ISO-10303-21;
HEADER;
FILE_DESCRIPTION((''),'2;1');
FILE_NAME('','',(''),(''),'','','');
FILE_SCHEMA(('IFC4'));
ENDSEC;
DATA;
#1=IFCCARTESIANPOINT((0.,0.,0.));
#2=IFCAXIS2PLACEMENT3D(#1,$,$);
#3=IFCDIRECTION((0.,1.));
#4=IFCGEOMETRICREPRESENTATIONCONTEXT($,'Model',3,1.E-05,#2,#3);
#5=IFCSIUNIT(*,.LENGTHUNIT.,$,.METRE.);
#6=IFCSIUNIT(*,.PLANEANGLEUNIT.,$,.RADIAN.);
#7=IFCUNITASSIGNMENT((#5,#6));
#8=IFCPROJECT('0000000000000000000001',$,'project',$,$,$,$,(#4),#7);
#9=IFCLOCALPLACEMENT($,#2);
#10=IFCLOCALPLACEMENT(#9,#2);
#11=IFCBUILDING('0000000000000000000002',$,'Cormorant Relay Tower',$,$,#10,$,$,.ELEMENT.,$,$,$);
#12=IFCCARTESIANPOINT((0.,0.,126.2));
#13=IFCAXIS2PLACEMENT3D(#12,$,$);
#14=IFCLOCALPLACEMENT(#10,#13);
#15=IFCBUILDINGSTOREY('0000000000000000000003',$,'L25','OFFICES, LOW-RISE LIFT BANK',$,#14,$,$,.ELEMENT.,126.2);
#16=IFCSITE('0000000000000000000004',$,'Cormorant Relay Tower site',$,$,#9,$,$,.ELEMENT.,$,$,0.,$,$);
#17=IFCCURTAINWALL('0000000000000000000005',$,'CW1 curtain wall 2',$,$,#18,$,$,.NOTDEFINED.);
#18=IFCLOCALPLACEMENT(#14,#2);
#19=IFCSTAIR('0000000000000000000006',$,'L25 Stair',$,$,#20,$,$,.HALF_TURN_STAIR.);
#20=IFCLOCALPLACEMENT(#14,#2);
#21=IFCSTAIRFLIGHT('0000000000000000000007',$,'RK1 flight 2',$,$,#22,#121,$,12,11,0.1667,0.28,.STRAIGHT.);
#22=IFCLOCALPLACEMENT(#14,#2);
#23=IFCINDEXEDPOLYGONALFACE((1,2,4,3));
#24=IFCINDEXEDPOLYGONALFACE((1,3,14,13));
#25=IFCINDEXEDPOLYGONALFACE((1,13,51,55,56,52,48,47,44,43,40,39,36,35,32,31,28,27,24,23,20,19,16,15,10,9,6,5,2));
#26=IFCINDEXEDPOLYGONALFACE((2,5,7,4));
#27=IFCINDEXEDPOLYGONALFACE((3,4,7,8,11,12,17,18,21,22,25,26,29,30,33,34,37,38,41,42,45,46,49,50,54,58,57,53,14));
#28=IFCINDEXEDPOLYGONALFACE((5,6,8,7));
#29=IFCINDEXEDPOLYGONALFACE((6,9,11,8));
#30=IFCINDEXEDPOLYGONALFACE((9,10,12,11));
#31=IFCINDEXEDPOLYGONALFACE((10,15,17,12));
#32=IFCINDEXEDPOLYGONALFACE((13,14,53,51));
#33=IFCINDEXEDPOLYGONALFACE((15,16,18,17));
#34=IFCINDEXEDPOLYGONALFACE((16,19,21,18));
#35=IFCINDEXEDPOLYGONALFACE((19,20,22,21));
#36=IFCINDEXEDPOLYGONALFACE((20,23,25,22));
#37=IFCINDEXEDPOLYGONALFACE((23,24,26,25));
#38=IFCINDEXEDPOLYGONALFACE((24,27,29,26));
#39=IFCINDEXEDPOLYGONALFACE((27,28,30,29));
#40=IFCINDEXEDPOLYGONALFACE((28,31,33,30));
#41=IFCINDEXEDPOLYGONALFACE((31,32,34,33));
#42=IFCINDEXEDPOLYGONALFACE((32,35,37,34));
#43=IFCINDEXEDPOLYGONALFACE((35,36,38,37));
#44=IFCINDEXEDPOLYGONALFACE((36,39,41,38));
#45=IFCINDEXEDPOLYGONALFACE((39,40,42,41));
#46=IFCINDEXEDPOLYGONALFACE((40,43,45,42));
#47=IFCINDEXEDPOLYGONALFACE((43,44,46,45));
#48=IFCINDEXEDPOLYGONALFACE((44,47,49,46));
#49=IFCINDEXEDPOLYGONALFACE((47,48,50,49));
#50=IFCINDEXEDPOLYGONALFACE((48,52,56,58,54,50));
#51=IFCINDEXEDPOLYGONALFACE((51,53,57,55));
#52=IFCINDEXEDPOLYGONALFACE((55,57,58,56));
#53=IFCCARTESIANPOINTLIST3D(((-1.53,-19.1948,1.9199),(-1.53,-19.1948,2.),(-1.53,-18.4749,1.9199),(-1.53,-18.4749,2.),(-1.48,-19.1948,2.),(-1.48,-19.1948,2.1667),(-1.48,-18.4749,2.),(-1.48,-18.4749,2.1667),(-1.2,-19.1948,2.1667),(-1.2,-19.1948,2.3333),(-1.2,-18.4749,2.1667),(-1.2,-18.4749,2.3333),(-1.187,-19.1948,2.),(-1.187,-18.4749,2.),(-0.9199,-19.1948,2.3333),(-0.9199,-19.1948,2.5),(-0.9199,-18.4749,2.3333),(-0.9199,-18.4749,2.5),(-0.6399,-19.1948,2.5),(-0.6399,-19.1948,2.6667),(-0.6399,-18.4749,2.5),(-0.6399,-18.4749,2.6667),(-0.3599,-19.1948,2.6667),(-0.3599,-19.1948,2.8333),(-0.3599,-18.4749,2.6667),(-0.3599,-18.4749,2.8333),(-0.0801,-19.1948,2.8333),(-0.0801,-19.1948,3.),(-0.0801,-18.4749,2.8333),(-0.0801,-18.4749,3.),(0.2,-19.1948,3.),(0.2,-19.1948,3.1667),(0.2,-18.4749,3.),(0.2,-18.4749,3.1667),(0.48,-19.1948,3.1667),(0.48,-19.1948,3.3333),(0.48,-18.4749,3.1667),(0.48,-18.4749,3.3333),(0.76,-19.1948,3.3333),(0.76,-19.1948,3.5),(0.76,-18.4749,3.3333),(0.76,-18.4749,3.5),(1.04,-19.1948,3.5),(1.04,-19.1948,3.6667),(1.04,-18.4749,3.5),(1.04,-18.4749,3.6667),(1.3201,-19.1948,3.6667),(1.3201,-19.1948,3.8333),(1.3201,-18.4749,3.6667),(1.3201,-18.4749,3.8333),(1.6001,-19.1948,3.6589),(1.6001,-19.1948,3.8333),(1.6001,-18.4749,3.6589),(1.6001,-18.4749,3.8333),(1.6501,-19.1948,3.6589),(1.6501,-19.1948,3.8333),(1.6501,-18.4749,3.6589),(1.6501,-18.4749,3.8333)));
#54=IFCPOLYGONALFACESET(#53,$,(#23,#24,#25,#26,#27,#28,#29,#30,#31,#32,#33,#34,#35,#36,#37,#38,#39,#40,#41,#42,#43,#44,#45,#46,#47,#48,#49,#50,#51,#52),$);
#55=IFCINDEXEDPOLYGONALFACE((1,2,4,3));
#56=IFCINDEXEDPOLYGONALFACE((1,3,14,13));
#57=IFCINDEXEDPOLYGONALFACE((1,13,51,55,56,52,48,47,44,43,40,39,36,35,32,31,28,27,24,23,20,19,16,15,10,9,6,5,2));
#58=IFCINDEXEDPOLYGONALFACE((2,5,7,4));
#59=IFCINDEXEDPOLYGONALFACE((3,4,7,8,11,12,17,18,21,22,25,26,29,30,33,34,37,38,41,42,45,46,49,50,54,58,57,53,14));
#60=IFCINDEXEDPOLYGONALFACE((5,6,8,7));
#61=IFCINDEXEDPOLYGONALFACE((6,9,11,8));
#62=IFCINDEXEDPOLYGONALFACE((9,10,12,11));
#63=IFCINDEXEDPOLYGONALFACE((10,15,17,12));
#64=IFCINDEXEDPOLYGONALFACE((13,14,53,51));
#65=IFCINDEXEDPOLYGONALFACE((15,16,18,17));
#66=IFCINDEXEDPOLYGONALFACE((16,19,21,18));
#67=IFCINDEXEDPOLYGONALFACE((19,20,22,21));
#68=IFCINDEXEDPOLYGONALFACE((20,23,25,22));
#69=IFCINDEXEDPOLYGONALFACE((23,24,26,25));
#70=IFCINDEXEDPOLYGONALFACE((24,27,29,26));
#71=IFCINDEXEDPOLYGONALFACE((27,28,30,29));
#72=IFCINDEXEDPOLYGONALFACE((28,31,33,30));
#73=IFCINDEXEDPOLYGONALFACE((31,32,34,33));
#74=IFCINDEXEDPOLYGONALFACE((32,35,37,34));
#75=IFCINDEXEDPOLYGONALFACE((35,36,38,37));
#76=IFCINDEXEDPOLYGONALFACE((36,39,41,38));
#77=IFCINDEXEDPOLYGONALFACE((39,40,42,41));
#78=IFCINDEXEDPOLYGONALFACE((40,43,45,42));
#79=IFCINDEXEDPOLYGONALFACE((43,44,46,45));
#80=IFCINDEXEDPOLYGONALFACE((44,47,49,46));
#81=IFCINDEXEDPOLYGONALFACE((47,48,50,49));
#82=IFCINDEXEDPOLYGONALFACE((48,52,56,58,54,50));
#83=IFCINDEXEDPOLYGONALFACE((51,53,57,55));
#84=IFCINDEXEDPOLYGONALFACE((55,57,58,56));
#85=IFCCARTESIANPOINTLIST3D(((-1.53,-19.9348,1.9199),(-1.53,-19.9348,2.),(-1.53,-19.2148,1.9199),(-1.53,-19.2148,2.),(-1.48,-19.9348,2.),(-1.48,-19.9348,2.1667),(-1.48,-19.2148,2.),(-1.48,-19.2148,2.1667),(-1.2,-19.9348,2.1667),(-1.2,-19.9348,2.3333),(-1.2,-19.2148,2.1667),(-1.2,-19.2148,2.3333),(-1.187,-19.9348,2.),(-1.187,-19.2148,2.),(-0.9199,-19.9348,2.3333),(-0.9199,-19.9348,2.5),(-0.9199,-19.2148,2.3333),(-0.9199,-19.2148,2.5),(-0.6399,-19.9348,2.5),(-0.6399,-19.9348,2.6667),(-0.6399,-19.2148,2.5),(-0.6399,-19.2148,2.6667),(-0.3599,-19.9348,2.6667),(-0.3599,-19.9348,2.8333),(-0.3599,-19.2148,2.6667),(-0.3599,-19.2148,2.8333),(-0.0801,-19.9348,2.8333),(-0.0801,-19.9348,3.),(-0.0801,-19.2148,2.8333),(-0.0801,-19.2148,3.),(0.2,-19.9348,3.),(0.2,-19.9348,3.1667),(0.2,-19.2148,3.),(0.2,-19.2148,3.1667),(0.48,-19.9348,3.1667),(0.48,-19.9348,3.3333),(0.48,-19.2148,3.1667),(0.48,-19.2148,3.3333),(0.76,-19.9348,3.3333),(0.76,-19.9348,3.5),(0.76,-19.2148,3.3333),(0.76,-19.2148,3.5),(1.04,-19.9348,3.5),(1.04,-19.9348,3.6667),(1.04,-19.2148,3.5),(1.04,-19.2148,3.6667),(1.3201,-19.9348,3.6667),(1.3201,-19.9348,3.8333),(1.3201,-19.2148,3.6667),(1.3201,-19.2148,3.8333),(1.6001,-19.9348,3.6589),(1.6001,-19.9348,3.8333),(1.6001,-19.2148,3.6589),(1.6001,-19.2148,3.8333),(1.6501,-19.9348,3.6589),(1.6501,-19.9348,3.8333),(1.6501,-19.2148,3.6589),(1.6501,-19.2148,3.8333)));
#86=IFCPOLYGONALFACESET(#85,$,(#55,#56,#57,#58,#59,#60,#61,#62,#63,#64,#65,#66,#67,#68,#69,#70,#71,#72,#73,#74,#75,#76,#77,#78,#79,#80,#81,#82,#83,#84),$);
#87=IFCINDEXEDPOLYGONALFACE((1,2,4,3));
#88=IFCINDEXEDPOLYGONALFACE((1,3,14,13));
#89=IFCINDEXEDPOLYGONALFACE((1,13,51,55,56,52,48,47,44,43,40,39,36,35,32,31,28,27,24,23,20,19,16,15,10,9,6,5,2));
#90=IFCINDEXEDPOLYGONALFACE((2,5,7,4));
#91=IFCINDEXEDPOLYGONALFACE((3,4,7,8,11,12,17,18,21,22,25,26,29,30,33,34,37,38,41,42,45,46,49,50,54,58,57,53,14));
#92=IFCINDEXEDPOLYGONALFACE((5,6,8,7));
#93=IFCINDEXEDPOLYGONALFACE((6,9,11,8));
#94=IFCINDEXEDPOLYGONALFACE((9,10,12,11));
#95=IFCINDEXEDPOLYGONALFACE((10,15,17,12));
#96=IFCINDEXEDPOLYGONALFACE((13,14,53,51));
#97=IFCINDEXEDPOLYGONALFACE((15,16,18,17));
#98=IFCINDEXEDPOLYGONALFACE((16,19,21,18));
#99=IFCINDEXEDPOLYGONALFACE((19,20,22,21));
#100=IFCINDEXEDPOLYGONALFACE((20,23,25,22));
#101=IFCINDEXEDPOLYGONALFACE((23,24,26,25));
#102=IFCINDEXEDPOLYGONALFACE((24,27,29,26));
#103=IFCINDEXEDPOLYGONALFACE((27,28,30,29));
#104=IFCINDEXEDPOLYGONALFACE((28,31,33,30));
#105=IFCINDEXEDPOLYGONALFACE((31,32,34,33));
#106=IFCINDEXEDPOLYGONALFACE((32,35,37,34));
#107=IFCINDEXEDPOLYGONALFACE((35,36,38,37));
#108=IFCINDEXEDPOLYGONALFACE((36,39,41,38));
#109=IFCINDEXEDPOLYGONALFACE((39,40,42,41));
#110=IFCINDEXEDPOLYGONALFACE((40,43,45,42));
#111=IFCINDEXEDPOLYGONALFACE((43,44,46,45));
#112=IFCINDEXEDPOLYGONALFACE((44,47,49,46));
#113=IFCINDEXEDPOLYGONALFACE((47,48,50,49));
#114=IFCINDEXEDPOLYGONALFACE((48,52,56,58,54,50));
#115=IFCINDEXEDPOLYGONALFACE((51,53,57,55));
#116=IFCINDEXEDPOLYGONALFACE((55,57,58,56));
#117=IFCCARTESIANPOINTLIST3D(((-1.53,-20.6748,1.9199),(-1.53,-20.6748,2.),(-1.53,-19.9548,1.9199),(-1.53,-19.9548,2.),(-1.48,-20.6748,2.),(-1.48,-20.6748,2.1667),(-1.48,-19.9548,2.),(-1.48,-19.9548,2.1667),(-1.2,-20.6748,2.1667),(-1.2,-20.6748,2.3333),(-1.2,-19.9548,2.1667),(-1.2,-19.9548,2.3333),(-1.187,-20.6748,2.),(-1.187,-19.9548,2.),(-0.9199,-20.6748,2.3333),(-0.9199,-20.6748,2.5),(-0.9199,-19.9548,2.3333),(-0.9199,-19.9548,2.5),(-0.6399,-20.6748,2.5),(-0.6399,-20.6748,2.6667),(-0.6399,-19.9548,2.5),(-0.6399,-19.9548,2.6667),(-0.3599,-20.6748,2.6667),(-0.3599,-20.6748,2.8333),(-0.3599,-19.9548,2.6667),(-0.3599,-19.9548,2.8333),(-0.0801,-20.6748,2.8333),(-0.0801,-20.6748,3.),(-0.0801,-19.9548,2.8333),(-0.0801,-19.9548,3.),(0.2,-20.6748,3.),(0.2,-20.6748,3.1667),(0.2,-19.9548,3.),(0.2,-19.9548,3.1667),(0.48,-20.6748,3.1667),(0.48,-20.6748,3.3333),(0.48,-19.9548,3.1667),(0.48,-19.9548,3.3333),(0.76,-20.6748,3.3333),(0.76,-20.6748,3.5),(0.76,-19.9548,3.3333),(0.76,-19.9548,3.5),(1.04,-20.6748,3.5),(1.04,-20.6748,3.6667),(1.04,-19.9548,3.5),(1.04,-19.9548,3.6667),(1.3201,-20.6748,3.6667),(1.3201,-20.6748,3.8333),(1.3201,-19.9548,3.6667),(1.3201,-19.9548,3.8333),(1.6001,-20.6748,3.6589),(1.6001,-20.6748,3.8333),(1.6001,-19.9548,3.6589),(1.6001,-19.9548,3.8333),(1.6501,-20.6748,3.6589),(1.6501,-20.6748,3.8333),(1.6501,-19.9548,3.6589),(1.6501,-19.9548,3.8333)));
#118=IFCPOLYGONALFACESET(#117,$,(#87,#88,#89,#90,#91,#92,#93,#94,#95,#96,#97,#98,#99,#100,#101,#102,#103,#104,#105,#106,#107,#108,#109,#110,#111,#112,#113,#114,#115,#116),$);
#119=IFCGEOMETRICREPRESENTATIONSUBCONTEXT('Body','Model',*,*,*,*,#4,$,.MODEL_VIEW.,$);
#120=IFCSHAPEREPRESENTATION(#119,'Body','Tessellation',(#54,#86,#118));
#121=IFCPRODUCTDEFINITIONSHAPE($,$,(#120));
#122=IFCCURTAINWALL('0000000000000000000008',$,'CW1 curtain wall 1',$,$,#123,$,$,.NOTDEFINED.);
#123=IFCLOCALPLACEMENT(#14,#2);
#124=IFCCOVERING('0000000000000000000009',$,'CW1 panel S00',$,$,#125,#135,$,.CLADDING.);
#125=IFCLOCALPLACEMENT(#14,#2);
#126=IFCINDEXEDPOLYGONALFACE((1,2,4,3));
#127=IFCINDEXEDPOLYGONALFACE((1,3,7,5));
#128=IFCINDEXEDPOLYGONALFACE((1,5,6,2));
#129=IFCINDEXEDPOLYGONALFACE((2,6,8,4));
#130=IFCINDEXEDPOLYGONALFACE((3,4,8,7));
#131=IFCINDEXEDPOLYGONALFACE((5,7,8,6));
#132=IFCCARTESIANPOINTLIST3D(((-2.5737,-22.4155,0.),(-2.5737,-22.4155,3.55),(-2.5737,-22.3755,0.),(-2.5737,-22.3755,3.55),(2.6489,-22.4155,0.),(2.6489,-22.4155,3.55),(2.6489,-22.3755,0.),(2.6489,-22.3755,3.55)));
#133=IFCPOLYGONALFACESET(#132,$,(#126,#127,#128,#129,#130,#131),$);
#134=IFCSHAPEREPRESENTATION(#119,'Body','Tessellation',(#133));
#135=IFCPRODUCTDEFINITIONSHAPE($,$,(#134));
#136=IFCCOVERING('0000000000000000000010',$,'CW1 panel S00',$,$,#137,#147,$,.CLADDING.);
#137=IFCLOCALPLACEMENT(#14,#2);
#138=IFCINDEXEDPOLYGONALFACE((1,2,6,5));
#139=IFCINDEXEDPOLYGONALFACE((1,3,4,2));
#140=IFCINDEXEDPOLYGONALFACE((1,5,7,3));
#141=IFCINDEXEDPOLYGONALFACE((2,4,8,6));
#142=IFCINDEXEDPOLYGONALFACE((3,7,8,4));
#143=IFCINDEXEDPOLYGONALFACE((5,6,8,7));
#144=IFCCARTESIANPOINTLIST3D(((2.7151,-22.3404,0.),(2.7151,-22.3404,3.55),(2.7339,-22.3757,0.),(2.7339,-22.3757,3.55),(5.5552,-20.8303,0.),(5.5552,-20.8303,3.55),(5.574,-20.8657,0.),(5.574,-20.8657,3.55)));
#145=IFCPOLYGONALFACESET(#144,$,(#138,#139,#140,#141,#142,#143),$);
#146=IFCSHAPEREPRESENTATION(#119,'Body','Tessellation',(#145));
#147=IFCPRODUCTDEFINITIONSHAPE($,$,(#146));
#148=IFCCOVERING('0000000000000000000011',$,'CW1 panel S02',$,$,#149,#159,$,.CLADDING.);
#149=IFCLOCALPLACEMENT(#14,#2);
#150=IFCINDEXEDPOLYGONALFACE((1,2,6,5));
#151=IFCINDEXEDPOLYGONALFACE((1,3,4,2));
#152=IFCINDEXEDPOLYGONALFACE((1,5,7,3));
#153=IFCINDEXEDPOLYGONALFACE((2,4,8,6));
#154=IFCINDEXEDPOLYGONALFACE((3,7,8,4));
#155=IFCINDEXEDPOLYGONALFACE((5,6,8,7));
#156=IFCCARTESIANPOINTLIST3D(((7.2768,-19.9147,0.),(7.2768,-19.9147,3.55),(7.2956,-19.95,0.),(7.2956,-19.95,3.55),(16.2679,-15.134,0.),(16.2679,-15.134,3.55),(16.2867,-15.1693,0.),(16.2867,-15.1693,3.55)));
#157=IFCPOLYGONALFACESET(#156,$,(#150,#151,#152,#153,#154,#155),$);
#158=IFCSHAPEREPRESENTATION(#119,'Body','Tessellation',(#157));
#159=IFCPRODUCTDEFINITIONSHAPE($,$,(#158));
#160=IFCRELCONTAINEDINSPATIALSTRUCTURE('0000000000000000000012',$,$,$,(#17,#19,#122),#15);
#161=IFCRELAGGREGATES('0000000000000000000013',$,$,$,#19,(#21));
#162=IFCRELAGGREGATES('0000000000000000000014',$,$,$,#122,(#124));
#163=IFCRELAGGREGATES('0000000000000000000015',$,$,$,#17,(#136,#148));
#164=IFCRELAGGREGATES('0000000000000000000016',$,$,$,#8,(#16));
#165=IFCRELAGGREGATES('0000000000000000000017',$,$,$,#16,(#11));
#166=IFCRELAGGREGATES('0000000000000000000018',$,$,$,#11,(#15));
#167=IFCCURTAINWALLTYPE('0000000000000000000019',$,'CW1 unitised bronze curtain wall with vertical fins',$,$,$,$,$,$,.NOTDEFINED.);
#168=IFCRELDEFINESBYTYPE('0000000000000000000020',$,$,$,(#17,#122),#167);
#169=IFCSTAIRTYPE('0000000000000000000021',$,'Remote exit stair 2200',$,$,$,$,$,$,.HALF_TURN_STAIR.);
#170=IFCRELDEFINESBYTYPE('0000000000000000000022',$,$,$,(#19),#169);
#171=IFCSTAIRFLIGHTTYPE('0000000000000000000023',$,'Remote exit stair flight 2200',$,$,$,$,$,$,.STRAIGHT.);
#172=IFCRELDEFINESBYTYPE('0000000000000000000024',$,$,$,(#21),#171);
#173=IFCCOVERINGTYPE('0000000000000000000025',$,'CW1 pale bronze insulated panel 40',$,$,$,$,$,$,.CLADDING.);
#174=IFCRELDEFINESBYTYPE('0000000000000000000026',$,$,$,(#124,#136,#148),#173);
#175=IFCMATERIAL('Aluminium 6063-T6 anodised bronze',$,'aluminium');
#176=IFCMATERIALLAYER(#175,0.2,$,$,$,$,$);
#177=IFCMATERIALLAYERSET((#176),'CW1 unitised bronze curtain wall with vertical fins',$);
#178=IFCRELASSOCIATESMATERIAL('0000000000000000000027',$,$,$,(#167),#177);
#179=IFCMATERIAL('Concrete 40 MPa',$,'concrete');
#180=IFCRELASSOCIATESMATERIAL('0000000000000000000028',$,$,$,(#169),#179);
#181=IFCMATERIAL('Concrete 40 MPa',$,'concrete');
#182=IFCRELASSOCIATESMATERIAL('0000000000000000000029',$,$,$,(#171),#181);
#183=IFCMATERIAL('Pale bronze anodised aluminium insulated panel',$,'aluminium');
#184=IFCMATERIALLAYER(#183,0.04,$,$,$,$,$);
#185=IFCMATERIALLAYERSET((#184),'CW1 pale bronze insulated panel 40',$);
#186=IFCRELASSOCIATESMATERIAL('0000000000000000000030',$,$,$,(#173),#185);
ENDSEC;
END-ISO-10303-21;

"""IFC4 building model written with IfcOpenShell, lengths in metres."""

from ifc_helpers import new_model, si_unit, direction, frame, origin, origin_2d, place, context, subcontext, project, spatial, polyline, rectangle, outline, extrude, material, layer, layer_set, type_object, element, aggregate, save


model = new_model("IFC4")

# Units and contexts
model_context = context("Model", 3, precision=1e-05, world=origin(), true_north=direction((0.0, 1.0)))
body_context = subcontext(model_context, "Body", "Model", "MODEL_VIEW")
ifc_project = project(units=[si_unit("LENGTHUNIT", "METRE"), si_unit("PLANEANGLEUNIT", "RADIAN")], contexts=[model_context])

# Site, building, storey
site_placement = place(None, origin())
site = spatial("IfcSite", under=ifc_project, at=site_placement, Name="Cormorant Relay Tower site", CompositionType="ELEMENT", RefElevation=0.0)
building_placement = place(site_placement, origin())
building = spatial("IfcBuilding", under=site, at=building_placement, Name="Cormorant Relay Tower", CompositionType="ELEMENT")
storey_placement = place(building_placement, frame((0.0, 0.0, 126.2)))
storey = spatial("IfcBuildingStorey", under=building, at=storey_placement, Name="L25", Description="OFFICES, LOW-RISE LIFT BANK", CompositionType="ELEMENT", Elevation=126.2)

# Curtain wall
ifc_material_1 = material(Name="Aluminium 6063-T6 anodised bronze", Category="aluminium")
ifc_layer_1 = layer(ifc_material_1, 0.2)
ifc_layer_set_1 = layer_set([ifc_layer_1], Name="CW1 unitised bronze curtain wall with vertical fins")
curtain_wall_type = type_object("IfcCurtainWallType", Name="CW1 unitised bronze curtain wall with vertical fins", PredefinedType="NOTDEFINED", material=ifc_layer_set_1)
curtain_wall_1_placement = place(storey_placement, origin())
curtain_wall_1 = element("IfcCurtainWall", 1, at=curtain_wall_1_placement, inside=storey, type_object=curtain_wall_type, Name="CW1 curtain wall 2", PredefinedType="NOTDEFINED")

# Stair, stair flight
ifc_material_2 = material(Name="Concrete 40 MPa", Category="concrete")
stair_type = type_object("IfcStairType", Name="Remote exit stair 2200", PredefinedType="HALF_TURN_STAIR", material=ifc_material_2)
stair_placement = place(storey_placement, origin())
stair = element("IfcStair", 2, at=stair_placement, inside=storey, type_object=stair_type, Name="L25 Stair", PredefinedType="HALF_TURN_STAIR")
ifc_material_3 = material(Name="Concrete 40 MPa", Category="concrete")
stair_flight_type = type_object("IfcStairFlightType", Name="Remote exit stair flight 2200", PredefinedType="STRAIGHT", material=ifc_material_3)
stair_flight_1_placement = place(storey_placement, frame((-1.48, -19.575, 2.0), z_axis=(0.0, 0.0, 1.0), x_axis=(1.0, 0.0, 0.0)))
stair_flight_1 = element("IfcStairFlight", 3, at=stair_flight_1_placement, type_object=stair_flight_type, Name="RK1 flight 2", NumberOfRisers=12, NumberOfTreads=11, PredefinedType="STRAIGHT", RiserHeight=0.1667, TreadLength=0.28, context=body_context, shape_type="SweptSolid", body=[
    extrude(outline(polyline([(-0.05, -0.0801), (-0.05, 0.0), (0.0, 0.0), (0.0, 0.1667), (0.28, 0.1667), (0.28, 0.3333), (0.5601, 0.3333), (0.5601, 0.5), (0.8401, 0.5), (0.8401, 0.6667), (1.1201, 0.6667), (1.1201, 0.8333), (1.3999, 0.8333), (1.3999, 1.0), (1.6799, 1.0), (1.6799, 1.1667), (1.96, 1.1667), (1.96, 1.3333), (2.24, 1.3333), (2.24, 1.5), (2.52, 1.5), (2.52, 1.6667), (2.8, 1.6667), (2.8, 1.8333), (3.0801, 1.8333), (3.1301, 1.8333), (3.1301, 1.6589), (3.0801, 1.6589), (0.293, 0.0), (-0.05, -0.0801)])), frame((0.0, 1.1001, 0.0), z_axis=(0.0, -1.0, 0.0), x_axis=(1.0, 0.0, 0.0)), (0.0, 0.0, 1.0), 0.72),
    extrude(outline(polyline([(-0.05, -0.0801), (-0.05, 0.0), (0.0, 0.0), (0.0, 0.1667), (0.28, 0.1667), (0.28, 0.3333), (0.5601, 0.3333), (0.5601, 0.5), (0.8401, 0.5), (0.8401, 0.6667), (1.1201, 0.6667), (1.1201, 0.8333), (1.3999, 0.8333), (1.3999, 1.0), (1.6799, 1.0), (1.6799, 1.1667), (1.96, 1.1667), (1.96, 1.3333), (2.24, 1.3333), (2.24, 1.5), (2.52, 1.5), (2.52, 1.6667), (2.8, 1.6667), (2.8, 1.8333), (3.0801, 1.8333), (3.1301, 1.8333), (3.1301, 1.6589), (3.0801, 1.6589), (0.293, 0.0), (-0.05, -0.0801)])), frame((0.0, 0.3601, 0.0), z_axis=(0.0, -1.0, 0.0), x_axis=(1.0, 0.0, 0.0)), (0.0, 0.0, 1.0), 0.72),
    extrude(outline(polyline([(-0.05, -0.0801), (-0.05, 0.0), (0.0, 0.0), (0.0, 0.1667), (0.28, 0.1667), (0.28, 0.3333), (0.5601, 0.3333), (0.5601, 0.5), (0.8401, 0.5), (0.8401, 0.6667), (1.1201, 0.6667), (1.1201, 0.8333), (1.3999, 0.8333), (1.3999, 1.0), (1.6799, 1.0), (1.6799, 1.1667), (1.96, 1.1667), (1.96, 1.3333), (2.24, 1.3333), (2.24, 1.5), (2.52, 1.5), (2.52, 1.6667), (2.8, 1.6667), (2.8, 1.8333), (3.0801, 1.8333), (3.1301, 1.8333), (3.1301, 1.6589), (3.0801, 1.6589), (0.293, 0.0), (-0.05, -0.0801)])), frame((0.0, -0.3799, 0.0), z_axis=(0.0, -1.0, 0.0), x_axis=(1.0, 0.0, 0.0)), (0.0, 0.0, 1.0), 0.72),
])
aggregate(stair, [stair_flight_1])

# Curtain wall, covering
curtain_wall_2_placement = place(storey_placement, origin())
curtain_wall_2 = element("IfcCurtainWall", 4, at=curtain_wall_2_placement, inside=storey, type_object=curtain_wall_type, Name="CW1 curtain wall 1", PredefinedType="NOTDEFINED")
ifc_material_4 = material(Name="Pale bronze anodised aluminium insulated panel", Category="aluminium")
ifc_layer_2 = layer(ifc_material_4, 0.04)
ifc_layer_set_2 = layer_set([ifc_layer_2], Name="CW1 pale bronze insulated panel 40")
covering_type = type_object("IfcCoveringType", Name="CW1 pale bronze insulated panel 40", PredefinedType="CLADDING", material=ifc_layer_set_2)
covering_1_placement = place(storey_placement, frame((0.0376, -22.3955, 0.0), z_axis=(0.0, 0.0, 1.0), x_axis=(1.0, 0.0, 0.0)))
covering_1 = element("IfcCovering", 5, at=covering_1_placement, type_object=covering_type, Name="CW1 panel S00", PredefinedType="CLADDING", context=body_context, shape_type="SweptSolid", body=[
    extrude(rectangle(XDim=5.2227, YDim=0.04, at=origin_2d()), origin(), (0.0, 0.0, 1.0), 3.55),
])
aggregate(curtain_wall_2, [covering_1])

# Coverings
covering_2_placement = place(storey_placement, frame((4.1445, -21.603, 0.0), z_axis=(0.0, 0.0, 1.0), x_axis=(0.882948, 0.469472, 0.0)))
covering_2 = element("IfcCovering", 6, at=covering_2_placement, type_object=covering_type, Name="CW1 panel S00", PredefinedType="CLADDING", context=body_context, shape_type="SweptSolid", body=[
    extrude(rectangle(XDim=3.2166, YDim=0.04, at=origin_2d()), origin(), (0.0, 0.0, 1.0), 3.55),
])
covering_3_placement = place(storey_placement, frame((11.7817, -17.542, 0.0), z_axis=(0.0, 0.0, 1.0), x_axis=(0.882948, 0.469472, 0.0)))
covering_3 = element("IfcCovering", 7, at=covering_3_placement, type_object=covering_type, Name="CW1 panel S02", PredefinedType="CLADDING", context=body_context, shape_type="SweptSolid", body=[
    extrude(rectangle(XDim=10.1831, YDim=0.04, at=origin_2d()), origin(), (0.0, 0.0, 1.0), 3.55),
])
aggregate(curtain_wall_1, [covering_2, covering_3])

save(model, "model.ifc")
